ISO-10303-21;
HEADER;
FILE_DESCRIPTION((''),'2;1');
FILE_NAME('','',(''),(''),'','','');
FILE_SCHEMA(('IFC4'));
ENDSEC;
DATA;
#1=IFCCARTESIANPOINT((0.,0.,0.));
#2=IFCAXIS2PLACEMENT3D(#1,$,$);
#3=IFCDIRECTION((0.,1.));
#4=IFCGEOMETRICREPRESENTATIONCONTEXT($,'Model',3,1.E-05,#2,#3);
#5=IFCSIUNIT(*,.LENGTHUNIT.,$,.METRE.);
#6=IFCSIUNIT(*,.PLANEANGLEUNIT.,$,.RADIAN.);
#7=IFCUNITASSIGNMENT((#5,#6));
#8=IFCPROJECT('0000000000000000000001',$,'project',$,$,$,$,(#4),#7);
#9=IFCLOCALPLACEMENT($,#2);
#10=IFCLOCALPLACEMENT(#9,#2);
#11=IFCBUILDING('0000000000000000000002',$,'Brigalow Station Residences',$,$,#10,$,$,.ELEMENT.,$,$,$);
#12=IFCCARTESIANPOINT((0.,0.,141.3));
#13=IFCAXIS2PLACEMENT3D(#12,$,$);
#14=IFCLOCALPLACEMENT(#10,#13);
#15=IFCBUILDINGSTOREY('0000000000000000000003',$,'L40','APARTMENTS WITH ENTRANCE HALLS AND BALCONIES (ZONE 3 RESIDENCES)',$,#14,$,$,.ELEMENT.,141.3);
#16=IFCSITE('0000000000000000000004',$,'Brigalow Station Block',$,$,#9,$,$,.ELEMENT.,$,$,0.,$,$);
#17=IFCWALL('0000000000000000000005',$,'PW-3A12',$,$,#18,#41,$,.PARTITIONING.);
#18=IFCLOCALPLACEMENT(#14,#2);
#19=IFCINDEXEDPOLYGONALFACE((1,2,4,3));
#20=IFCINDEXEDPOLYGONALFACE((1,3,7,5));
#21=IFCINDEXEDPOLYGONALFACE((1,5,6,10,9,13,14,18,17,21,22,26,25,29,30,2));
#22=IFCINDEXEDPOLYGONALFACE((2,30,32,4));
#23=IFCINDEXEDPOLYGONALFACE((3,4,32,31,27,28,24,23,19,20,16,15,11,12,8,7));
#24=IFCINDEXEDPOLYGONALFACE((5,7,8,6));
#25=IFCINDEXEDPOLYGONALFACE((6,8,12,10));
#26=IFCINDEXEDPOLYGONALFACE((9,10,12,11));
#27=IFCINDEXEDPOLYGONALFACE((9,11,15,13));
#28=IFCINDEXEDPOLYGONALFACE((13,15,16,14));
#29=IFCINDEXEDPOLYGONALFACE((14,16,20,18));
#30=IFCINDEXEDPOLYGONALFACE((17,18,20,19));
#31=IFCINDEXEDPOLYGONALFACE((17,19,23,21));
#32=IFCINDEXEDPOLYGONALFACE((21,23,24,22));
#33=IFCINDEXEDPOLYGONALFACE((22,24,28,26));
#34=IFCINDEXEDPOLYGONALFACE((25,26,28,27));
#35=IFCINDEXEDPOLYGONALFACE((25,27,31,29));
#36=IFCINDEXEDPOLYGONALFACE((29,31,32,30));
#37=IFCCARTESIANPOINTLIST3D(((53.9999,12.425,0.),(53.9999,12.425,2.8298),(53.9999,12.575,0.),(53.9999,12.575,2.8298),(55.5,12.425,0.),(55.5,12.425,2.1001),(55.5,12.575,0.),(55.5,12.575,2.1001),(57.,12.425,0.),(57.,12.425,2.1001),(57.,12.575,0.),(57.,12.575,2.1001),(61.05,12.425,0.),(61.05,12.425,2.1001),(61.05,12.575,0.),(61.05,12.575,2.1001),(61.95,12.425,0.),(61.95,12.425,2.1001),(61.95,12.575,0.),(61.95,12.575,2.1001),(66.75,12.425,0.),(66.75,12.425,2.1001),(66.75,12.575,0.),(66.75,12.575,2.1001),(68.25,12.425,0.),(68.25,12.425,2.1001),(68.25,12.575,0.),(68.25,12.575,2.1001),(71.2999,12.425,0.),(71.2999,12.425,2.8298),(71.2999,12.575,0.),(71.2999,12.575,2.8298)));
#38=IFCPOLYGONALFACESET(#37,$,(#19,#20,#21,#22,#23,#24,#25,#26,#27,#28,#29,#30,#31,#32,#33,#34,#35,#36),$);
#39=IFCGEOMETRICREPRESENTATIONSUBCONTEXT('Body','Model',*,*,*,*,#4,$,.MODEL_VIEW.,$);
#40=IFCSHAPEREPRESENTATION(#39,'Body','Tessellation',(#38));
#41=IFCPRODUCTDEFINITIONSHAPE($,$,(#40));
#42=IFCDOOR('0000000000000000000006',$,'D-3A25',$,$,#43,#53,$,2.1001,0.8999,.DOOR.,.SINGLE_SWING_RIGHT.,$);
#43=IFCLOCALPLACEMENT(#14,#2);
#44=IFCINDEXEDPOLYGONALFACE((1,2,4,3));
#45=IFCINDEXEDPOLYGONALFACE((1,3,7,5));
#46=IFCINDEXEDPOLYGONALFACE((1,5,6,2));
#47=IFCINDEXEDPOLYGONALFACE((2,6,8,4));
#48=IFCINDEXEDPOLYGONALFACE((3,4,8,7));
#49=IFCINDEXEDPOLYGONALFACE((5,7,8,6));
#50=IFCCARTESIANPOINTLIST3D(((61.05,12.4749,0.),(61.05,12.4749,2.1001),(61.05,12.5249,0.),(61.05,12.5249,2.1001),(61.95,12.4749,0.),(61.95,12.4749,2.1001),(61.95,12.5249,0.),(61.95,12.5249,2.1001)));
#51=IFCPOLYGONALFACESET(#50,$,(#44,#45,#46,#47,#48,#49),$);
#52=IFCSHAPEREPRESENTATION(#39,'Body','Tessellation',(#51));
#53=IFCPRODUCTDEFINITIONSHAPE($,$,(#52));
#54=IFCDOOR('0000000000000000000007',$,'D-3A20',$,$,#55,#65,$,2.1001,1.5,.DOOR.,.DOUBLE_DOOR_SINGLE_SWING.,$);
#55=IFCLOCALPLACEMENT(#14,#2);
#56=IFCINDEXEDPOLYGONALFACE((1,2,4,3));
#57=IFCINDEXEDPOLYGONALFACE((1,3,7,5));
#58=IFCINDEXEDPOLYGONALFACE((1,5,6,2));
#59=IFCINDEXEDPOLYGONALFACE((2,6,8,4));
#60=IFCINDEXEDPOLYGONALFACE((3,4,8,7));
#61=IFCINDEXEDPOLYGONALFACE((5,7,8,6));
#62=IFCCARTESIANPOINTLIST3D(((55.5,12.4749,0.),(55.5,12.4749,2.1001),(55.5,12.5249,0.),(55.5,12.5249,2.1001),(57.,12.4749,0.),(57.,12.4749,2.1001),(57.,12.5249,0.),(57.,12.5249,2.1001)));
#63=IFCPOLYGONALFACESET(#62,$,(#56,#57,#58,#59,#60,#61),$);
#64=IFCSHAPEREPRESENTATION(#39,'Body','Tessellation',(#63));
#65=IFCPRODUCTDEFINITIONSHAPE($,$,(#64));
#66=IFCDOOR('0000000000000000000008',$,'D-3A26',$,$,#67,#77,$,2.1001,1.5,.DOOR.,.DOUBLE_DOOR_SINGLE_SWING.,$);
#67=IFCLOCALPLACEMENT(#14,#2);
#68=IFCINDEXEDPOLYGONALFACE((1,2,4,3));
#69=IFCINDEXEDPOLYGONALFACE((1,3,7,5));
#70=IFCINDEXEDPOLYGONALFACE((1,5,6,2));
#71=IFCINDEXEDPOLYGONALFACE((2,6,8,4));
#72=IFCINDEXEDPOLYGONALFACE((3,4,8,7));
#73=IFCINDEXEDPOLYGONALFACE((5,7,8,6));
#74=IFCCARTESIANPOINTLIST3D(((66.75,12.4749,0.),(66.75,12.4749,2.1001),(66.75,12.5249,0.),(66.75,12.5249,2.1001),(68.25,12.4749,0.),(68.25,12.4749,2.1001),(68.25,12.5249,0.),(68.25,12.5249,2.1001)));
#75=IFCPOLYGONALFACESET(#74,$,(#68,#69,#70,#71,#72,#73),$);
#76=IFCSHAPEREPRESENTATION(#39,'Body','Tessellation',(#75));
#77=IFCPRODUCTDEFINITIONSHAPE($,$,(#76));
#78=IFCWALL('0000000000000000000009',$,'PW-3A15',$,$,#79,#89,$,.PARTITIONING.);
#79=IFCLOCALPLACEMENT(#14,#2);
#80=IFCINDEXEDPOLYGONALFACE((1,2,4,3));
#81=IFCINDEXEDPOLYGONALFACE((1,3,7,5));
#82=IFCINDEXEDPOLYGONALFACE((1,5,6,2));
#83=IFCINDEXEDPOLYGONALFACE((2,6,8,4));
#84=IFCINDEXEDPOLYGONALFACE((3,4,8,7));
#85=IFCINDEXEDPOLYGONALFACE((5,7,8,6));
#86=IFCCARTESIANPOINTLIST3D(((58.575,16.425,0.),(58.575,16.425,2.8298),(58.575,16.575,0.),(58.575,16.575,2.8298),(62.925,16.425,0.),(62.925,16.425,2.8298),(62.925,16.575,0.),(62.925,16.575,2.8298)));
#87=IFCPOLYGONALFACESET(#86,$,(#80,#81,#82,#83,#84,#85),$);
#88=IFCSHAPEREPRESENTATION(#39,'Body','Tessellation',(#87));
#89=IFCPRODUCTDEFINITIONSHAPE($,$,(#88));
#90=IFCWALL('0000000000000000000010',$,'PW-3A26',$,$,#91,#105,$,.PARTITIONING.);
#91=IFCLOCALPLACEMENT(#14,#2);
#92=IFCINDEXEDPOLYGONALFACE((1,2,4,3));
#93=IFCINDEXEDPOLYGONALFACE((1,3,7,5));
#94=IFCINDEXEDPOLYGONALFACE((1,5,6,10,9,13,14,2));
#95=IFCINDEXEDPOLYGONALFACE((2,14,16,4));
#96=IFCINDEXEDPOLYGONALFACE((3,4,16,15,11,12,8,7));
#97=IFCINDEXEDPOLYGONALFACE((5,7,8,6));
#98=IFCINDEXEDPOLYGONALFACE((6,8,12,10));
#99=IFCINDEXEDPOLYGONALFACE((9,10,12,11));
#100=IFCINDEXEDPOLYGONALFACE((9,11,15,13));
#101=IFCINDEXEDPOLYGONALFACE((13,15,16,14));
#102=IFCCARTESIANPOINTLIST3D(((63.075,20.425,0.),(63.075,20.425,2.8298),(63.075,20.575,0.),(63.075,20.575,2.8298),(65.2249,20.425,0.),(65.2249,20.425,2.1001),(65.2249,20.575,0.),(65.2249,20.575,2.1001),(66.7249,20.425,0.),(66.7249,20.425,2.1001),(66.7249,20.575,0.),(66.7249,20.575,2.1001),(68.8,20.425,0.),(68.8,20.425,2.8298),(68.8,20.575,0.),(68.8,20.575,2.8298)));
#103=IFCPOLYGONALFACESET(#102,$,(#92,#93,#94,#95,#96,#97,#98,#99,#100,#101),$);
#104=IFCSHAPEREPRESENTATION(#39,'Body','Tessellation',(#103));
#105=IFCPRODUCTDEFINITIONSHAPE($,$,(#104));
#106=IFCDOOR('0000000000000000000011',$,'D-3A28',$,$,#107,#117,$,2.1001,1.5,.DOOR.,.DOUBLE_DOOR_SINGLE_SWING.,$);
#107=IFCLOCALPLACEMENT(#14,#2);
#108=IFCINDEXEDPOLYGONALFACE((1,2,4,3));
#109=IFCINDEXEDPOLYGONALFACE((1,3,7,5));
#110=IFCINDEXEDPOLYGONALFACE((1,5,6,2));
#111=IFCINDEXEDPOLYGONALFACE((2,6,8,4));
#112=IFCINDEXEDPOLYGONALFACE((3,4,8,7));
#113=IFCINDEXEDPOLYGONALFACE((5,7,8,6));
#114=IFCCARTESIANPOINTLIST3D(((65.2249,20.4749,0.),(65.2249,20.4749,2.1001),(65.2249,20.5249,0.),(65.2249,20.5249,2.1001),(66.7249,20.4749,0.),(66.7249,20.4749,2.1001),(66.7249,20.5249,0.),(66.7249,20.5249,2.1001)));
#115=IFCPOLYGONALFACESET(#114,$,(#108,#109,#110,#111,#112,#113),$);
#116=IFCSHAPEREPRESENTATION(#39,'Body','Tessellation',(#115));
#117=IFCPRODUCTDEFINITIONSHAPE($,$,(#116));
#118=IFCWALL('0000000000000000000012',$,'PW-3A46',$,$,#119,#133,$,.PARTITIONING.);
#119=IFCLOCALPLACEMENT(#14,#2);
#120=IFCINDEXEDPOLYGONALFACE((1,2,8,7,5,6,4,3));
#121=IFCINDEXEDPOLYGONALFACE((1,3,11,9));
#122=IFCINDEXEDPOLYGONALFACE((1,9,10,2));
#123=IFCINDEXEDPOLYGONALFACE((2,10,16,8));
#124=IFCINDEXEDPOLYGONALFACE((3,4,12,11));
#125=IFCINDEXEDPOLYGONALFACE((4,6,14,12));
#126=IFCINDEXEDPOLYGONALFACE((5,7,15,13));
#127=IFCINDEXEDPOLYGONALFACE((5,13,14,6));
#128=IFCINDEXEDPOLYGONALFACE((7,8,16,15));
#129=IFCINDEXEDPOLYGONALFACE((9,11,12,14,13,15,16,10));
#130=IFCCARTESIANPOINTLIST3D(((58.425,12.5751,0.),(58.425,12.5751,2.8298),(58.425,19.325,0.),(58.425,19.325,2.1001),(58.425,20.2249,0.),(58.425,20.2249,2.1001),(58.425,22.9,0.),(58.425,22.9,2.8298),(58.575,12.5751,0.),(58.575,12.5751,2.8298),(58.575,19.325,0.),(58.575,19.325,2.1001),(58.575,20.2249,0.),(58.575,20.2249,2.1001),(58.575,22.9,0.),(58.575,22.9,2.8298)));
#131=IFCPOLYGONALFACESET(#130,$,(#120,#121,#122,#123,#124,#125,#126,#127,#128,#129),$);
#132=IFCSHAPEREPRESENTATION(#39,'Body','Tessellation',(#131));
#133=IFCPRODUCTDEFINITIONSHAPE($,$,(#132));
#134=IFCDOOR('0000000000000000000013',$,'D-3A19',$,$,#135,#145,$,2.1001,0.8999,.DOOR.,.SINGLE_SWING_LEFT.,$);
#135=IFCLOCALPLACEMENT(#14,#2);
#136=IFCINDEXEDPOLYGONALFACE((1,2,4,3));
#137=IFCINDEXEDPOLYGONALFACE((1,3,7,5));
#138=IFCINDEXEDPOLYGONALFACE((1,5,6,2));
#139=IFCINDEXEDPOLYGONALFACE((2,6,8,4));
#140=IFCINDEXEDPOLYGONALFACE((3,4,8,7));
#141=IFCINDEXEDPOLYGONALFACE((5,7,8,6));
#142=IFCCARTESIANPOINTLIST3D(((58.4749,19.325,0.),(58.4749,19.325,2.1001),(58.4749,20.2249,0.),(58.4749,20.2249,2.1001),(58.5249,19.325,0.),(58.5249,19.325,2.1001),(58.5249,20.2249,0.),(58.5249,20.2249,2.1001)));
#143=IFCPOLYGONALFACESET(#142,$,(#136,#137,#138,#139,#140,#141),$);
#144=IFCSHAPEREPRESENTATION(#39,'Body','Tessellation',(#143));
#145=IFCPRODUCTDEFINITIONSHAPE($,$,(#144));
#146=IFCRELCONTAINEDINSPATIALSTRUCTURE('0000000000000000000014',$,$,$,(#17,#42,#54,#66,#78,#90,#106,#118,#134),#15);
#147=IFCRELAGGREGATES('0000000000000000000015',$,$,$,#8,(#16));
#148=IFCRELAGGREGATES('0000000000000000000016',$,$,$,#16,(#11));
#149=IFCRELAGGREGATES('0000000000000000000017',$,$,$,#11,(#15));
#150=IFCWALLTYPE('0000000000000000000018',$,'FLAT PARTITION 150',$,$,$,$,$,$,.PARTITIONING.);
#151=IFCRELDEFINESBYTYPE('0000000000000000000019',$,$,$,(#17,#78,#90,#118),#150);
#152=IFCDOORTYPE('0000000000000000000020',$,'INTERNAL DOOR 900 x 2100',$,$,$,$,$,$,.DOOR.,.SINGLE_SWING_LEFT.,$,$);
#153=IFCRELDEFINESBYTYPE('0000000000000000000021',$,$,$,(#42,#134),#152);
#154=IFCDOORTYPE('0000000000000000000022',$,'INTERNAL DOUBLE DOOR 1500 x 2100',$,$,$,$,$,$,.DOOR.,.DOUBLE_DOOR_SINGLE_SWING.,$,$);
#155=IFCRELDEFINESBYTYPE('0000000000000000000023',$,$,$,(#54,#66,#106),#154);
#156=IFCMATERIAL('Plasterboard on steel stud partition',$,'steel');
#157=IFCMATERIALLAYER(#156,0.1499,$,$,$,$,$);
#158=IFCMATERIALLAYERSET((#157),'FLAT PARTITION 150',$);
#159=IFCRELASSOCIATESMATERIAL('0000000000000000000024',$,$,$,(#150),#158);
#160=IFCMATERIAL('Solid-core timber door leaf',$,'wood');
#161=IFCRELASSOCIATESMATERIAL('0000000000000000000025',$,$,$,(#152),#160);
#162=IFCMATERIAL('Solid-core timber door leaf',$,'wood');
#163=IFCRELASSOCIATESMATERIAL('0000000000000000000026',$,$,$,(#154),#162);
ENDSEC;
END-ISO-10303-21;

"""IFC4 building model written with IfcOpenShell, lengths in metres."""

from ifc_helpers import new_model, si_unit, direction, frame, frame_2d, origin, place, context, subcontext, project, spatial, rectangle, extrude, material, layer, layer_set, type_object, element, fill, save


model = new_model("IFC4")

# Units and contexts
model_context = context("Model", 3, precision=1e-05, world=origin(), true_north=direction((0.0, 1.0)))
body_context = subcontext(model_context, "Body", "Model", "MODEL_VIEW")
ifc_project = project(units=[si_unit("LENGTHUNIT", "METRE"), si_unit("PLANEANGLEUNIT", "RADIAN")], contexts=[model_context])

# Site, building, storey
site_placement = place(None, origin())
site = spatial("IfcSite", under=ifc_project, at=site_placement, Name="Brigalow Station Block", CompositionType="ELEMENT", RefElevation=0.0)
building_placement = place(site_placement, origin())
building = spatial("IfcBuilding", under=site, at=building_placement, Name="Brigalow Station Residences", CompositionType="ELEMENT")
storey_placement = place(building_placement, frame((0.0, 0.0, 141.3)))
storey = spatial("IfcBuildingStorey", under=building, at=storey_placement, Name="L40", Description="APARTMENTS WITH ENTRANCE HALLS AND BALCONIES (ZONE 3 RESIDENCES)", CompositionType="ELEMENT", Elevation=141.3)

# Wall, openings, doors
ifc_material_1 = material(Name="Plasterboard on steel stud partition", Category="steel")
ifc_layer_1 = layer(ifc_material_1, 0.1499)
ifc_layer_set_1 = layer_set([ifc_layer_1], Name="FLAT PARTITION 150")
wall_type_1 = type_object("IfcWallType", Name="FLAT PARTITION 150", PredefinedType="PARTITIONING", material=ifc_layer_set_1)
wall_1_placement = place(storey_placement, frame((54.0, 12.5, 0.0), z_axis=(0.0, 0.0, 1.0), x_axis=(1.0, 0.0, 0.0)))
wall_1 = element("IfcWall", 1, at=wall_1_placement, inside=storey, type_object=wall_type_1, Name="PW-3A12", PredefinedType="PARTITIONING", context=body_context, shape_type="SweptSolid", body=[
    extrude(rectangle(XDim=17.3, YDim=0.1499, at=frame_2d((8.6499, 0.0))), origin(), (0.0, 0.0, 1.0), 2.8298),
])
opening_1_placement = place(wall_1_placement, frame((1.5, 0.0, 0.0)))
opening_1 = element("IfcOpeningElement", 2, at=opening_1_placement, cuts=wall_1, PredefinedType="OPENING", context=body_context, shape_type="SweptSolid", body=[
    extrude(rectangle(XDim=1.5, YDim=2.1001, at=frame_2d((0.75, 1.05))), frame((0.0, 0.085, 0.0), z_axis=(0.0, -1.0, 0.0), x_axis=(1.0, 0.0, 0.0)), (0.0, 0.0, 1.0), 0.1699),
])
opening_2_placement = place(wall_1_placement, frame((7.05, 0.0, 0.0)))
opening_2 = element("IfcOpeningElement", 3, at=opening_2_placement, cuts=wall_1, PredefinedType="OPENING", context=body_context, shape_type="SweptSolid", body=[
    extrude(rectangle(XDim=0.8999, YDim=2.1001, at=frame_2d((0.45, 1.05))), frame((0.0, 0.085, 0.0), z_axis=(0.0, -1.0, 0.0), x_axis=(1.0, 0.0, 0.0)), (0.0, 0.0, 1.0), 0.1699),
])
opening_3_placement = place(wall_1_placement, frame((12.75, 0.0, 0.0)))
opening_3 = element("IfcOpeningElement", 4, at=opening_3_placement, cuts=wall_1, PredefinedType="OPENING", context=body_context, shape_type="SweptSolid", body=[
    extrude(rectangle(XDim=1.5, YDim=2.1001, at=frame_2d((0.75, 1.05))), frame((0.0, 0.085, 0.0), z_axis=(0.0, -1.0, 0.0), x_axis=(1.0, 0.0, 0.0)), (0.0, 0.0, 1.0), 0.1699),
])
ifc_material_2 = material(Name="Solid-core timber door leaf", Category="wood")
door_type_1 = type_object("IfcDoorType", Name="INTERNAL DOOR 900 x 2100", OperationType="SINGLE_SWING_LEFT", PredefinedType="DOOR", material=ifc_material_2)
door_1_placement = place(opening_2_placement, origin())
door_1 = element("IfcDoor", 5, at=door_1_placement, inside=storey, type_object=door_type_1, Name="D-3A25", OperationType="SINGLE_SWING_RIGHT", OverallHeight=2.1001, OverallWidth=0.8999, PredefinedType="DOOR", context=body_context, shape_type="SweptSolid", body=[
    extrude(rectangle(XDim=0.8999, YDim=2.1001, at=frame_2d((0.45, 1.05))), frame((0.0, 0.0249, 0.0), z_axis=(0.0, -1.0, 0.0), x_axis=(1.0, 0.0, 0.0)), (0.0, 0.0, 1.0), 0.05),
])
fill(opening_2, door_1)
ifc_material_3 = material(Name="Solid-core timber door leaf", Category="wood")
door_type_2 = type_object("IfcDoorType", Name="INTERNAL DOUBLE DOOR 1500 x 2100", OperationType="DOUBLE_DOOR_SINGLE_SWING", PredefinedType="DOOR", material=ifc_material_3)
door_2_placement = place(opening_1_placement, origin())
door_2 = element("IfcDoor", 6, at=door_2_placement, inside=storey, type_object=door_type_2, Name="D-3A20", OperationType="DOUBLE_DOOR_SINGLE_SWING", OverallHeight=2.1001, OverallWidth=1.5, PredefinedType="DOOR", context=body_context, shape_type="SweptSolid", body=[
    extrude(rectangle(XDim=1.5, YDim=2.1001, at=frame_2d((0.75, 1.05))), frame((0.0, 0.0249, 0.0), z_axis=(0.0, -1.0, 0.0), x_axis=(1.0, 0.0, 0.0)), (0.0, 0.0, 1.0), 0.05),
])
fill(opening_1, door_2)
door_3_placement = place(opening_3_placement, origin())
door_3 = element("IfcDoor", 7, at=door_3_placement, inside=storey, type_object=door_type_2, Name="D-3A26", OperationType="DOUBLE_DOOR_SINGLE_SWING", OverallHeight=2.1001, OverallWidth=1.5, PredefinedType="DOOR", context=body_context, shape_type="SweptSolid", body=[
    extrude(rectangle(XDim=1.5, YDim=2.1001, at=frame_2d((0.75, 1.05))), frame((0.0, 0.0249, 0.0), z_axis=(0.0, -1.0, 0.0), x_axis=(1.0, 0.0, 0.0)), (0.0, 0.0, 1.0), 0.05),
])
fill(opening_3, door_3)

# Wall
wall_2_placement = place(storey_placement, frame((58.575, 16.5, 0.0), z_axis=(0.0, 0.0, 1.0), x_axis=(1.0, 0.0, 0.0)))
element("IfcWall", 8, at=wall_2_placement, inside=storey, type_object=wall_type_1, Name="PW-3A15", PredefinedType="PARTITIONING", context=body_context, shape_type="SweptSolid", body=[
    extrude(rectangle(XDim=4.3501, YDim=0.1499, at=frame_2d((2.175, 0.0))), origin(), (0.0, 0.0, 1.0), 2.8298),
])

# Walls, openings, doors
wall_3_placement = place(storey_placement, frame((63.075, 20.5, 0.0), z_axis=(0.0, 0.0, 1.0), x_axis=(1.0, 0.0, 0.0)))
wall_3 = element("IfcWall", 9, at=wall_3_placement, inside=storey, type_object=wall_type_1, Name="PW-3A26", PredefinedType="PARTITIONING", context=body_context, shape_type="SweptSolid", body=[
    extrude(rectangle(XDim=5.7251, YDim=0.1499, at=frame_2d((2.8625, 0.0))), origin(), (0.0, 0.0, 1.0), 2.8298),
])
opening_4_placement = place(wall_3_placement, frame((2.1499, 0.0, 0.0)))
opening_4 = element("IfcOpeningElement", 10, at=opening_4_placement, cuts=wall_3, PredefinedType="OPENING", context=body_context, shape_type="SweptSolid", body=[
    extrude(rectangle(XDim=1.5, YDim=2.1001, at=frame_2d((0.75, 1.05))), frame((0.0, 0.085, 0.0), z_axis=(0.0, -1.0, 0.0), x_axis=(1.0, 0.0, 0.0)), (0.0, 0.0, 1.0), 0.1699),
])
door_4_placement = place(opening_4_placement, origin())
door_4 = element("IfcDoor", 11, at=door_4_placement, inside=storey, type_object=door_type_2, Name="D-3A28", OperationType="DOUBLE_DOOR_SINGLE_SWING", OverallHeight=2.1001, OverallWidth=1.5, PredefinedType="DOOR", context=body_context, shape_type="SweptSolid", body=[
    extrude(rectangle(XDim=1.5, YDim=2.1001, at=frame_2d((0.75, 1.05))), frame((0.0, 0.0249, 0.0), z_axis=(0.0, -1.0, 0.0), x_axis=(1.0, 0.0, 0.0)), (0.0, 0.0, 1.0), 0.05),
])
fill(opening_4, door_4)
wall_4_placement = place(storey_placement, frame((58.5, 12.575, 0.0), z_axis=(0.0, 0.0, 1.0), x_axis=(0.0, 1.0, 0.0)))
wall_4 = element("IfcWall", 12, at=wall_4_placement, inside=storey, type_object=wall_type_1, Name="PW-3A46", PredefinedType="PARTITIONING", context=body_context, shape_type="SweptSolid", body=[
    extrude(rectangle(XDim=10.325, YDim=0.1499, at=frame_2d((5.1626, 0.0))), origin(), (0.0, 0.0, 1.0), 2.8298),
])
opening_5_placement = place(wall_4_placement, frame((6.75, 0.0, 0.0)))
opening_5 = element("IfcOpeningElement", 13, at=opening_5_placement, cuts=wall_4, PredefinedType="OPENING", context=body_context, shape_type="SweptSolid", body=[
    extrude(rectangle(XDim=0.8999, YDim=2.1001, at=frame_2d((0.45, 1.05))), frame((0.0, 0.085, 0.0), z_axis=(0.0, -1.0, 0.0), x_axis=(1.0, 0.0, 0.0)), (0.0, 0.0, 1.0), 0.1699),
])
door_5_placement = place(opening_5_placement, frame((0.8999, 0.0, 0.0), z_axis=(0.0, 0.0, 1.0), x_axis=(-1.0, 0.0, 0.0)))
door_5 = element("IfcDoor", 14, at=door_5_placement, inside=storey, type_object=door_type_1, Name="D-3A19", OperationType="SINGLE_SWING_LEFT", OverallHeight=2.1001, OverallWidth=0.8999, PredefinedType="DOOR", context=body_context, shape_type="SweptSolid", body=[
    extrude(rectangle(XDim=0.8999, YDim=2.1001, at=frame_2d((0.45, 1.05))), frame((0.0, 0.0249, 0.0), z_axis=(0.0, -1.0, 0.0), x_axis=(1.0, 0.0, 0.0)), (0.0, 0.0, 1.0), 0.05),
])
fill(opening_5, door_5)

save(model, "model.ifc")
